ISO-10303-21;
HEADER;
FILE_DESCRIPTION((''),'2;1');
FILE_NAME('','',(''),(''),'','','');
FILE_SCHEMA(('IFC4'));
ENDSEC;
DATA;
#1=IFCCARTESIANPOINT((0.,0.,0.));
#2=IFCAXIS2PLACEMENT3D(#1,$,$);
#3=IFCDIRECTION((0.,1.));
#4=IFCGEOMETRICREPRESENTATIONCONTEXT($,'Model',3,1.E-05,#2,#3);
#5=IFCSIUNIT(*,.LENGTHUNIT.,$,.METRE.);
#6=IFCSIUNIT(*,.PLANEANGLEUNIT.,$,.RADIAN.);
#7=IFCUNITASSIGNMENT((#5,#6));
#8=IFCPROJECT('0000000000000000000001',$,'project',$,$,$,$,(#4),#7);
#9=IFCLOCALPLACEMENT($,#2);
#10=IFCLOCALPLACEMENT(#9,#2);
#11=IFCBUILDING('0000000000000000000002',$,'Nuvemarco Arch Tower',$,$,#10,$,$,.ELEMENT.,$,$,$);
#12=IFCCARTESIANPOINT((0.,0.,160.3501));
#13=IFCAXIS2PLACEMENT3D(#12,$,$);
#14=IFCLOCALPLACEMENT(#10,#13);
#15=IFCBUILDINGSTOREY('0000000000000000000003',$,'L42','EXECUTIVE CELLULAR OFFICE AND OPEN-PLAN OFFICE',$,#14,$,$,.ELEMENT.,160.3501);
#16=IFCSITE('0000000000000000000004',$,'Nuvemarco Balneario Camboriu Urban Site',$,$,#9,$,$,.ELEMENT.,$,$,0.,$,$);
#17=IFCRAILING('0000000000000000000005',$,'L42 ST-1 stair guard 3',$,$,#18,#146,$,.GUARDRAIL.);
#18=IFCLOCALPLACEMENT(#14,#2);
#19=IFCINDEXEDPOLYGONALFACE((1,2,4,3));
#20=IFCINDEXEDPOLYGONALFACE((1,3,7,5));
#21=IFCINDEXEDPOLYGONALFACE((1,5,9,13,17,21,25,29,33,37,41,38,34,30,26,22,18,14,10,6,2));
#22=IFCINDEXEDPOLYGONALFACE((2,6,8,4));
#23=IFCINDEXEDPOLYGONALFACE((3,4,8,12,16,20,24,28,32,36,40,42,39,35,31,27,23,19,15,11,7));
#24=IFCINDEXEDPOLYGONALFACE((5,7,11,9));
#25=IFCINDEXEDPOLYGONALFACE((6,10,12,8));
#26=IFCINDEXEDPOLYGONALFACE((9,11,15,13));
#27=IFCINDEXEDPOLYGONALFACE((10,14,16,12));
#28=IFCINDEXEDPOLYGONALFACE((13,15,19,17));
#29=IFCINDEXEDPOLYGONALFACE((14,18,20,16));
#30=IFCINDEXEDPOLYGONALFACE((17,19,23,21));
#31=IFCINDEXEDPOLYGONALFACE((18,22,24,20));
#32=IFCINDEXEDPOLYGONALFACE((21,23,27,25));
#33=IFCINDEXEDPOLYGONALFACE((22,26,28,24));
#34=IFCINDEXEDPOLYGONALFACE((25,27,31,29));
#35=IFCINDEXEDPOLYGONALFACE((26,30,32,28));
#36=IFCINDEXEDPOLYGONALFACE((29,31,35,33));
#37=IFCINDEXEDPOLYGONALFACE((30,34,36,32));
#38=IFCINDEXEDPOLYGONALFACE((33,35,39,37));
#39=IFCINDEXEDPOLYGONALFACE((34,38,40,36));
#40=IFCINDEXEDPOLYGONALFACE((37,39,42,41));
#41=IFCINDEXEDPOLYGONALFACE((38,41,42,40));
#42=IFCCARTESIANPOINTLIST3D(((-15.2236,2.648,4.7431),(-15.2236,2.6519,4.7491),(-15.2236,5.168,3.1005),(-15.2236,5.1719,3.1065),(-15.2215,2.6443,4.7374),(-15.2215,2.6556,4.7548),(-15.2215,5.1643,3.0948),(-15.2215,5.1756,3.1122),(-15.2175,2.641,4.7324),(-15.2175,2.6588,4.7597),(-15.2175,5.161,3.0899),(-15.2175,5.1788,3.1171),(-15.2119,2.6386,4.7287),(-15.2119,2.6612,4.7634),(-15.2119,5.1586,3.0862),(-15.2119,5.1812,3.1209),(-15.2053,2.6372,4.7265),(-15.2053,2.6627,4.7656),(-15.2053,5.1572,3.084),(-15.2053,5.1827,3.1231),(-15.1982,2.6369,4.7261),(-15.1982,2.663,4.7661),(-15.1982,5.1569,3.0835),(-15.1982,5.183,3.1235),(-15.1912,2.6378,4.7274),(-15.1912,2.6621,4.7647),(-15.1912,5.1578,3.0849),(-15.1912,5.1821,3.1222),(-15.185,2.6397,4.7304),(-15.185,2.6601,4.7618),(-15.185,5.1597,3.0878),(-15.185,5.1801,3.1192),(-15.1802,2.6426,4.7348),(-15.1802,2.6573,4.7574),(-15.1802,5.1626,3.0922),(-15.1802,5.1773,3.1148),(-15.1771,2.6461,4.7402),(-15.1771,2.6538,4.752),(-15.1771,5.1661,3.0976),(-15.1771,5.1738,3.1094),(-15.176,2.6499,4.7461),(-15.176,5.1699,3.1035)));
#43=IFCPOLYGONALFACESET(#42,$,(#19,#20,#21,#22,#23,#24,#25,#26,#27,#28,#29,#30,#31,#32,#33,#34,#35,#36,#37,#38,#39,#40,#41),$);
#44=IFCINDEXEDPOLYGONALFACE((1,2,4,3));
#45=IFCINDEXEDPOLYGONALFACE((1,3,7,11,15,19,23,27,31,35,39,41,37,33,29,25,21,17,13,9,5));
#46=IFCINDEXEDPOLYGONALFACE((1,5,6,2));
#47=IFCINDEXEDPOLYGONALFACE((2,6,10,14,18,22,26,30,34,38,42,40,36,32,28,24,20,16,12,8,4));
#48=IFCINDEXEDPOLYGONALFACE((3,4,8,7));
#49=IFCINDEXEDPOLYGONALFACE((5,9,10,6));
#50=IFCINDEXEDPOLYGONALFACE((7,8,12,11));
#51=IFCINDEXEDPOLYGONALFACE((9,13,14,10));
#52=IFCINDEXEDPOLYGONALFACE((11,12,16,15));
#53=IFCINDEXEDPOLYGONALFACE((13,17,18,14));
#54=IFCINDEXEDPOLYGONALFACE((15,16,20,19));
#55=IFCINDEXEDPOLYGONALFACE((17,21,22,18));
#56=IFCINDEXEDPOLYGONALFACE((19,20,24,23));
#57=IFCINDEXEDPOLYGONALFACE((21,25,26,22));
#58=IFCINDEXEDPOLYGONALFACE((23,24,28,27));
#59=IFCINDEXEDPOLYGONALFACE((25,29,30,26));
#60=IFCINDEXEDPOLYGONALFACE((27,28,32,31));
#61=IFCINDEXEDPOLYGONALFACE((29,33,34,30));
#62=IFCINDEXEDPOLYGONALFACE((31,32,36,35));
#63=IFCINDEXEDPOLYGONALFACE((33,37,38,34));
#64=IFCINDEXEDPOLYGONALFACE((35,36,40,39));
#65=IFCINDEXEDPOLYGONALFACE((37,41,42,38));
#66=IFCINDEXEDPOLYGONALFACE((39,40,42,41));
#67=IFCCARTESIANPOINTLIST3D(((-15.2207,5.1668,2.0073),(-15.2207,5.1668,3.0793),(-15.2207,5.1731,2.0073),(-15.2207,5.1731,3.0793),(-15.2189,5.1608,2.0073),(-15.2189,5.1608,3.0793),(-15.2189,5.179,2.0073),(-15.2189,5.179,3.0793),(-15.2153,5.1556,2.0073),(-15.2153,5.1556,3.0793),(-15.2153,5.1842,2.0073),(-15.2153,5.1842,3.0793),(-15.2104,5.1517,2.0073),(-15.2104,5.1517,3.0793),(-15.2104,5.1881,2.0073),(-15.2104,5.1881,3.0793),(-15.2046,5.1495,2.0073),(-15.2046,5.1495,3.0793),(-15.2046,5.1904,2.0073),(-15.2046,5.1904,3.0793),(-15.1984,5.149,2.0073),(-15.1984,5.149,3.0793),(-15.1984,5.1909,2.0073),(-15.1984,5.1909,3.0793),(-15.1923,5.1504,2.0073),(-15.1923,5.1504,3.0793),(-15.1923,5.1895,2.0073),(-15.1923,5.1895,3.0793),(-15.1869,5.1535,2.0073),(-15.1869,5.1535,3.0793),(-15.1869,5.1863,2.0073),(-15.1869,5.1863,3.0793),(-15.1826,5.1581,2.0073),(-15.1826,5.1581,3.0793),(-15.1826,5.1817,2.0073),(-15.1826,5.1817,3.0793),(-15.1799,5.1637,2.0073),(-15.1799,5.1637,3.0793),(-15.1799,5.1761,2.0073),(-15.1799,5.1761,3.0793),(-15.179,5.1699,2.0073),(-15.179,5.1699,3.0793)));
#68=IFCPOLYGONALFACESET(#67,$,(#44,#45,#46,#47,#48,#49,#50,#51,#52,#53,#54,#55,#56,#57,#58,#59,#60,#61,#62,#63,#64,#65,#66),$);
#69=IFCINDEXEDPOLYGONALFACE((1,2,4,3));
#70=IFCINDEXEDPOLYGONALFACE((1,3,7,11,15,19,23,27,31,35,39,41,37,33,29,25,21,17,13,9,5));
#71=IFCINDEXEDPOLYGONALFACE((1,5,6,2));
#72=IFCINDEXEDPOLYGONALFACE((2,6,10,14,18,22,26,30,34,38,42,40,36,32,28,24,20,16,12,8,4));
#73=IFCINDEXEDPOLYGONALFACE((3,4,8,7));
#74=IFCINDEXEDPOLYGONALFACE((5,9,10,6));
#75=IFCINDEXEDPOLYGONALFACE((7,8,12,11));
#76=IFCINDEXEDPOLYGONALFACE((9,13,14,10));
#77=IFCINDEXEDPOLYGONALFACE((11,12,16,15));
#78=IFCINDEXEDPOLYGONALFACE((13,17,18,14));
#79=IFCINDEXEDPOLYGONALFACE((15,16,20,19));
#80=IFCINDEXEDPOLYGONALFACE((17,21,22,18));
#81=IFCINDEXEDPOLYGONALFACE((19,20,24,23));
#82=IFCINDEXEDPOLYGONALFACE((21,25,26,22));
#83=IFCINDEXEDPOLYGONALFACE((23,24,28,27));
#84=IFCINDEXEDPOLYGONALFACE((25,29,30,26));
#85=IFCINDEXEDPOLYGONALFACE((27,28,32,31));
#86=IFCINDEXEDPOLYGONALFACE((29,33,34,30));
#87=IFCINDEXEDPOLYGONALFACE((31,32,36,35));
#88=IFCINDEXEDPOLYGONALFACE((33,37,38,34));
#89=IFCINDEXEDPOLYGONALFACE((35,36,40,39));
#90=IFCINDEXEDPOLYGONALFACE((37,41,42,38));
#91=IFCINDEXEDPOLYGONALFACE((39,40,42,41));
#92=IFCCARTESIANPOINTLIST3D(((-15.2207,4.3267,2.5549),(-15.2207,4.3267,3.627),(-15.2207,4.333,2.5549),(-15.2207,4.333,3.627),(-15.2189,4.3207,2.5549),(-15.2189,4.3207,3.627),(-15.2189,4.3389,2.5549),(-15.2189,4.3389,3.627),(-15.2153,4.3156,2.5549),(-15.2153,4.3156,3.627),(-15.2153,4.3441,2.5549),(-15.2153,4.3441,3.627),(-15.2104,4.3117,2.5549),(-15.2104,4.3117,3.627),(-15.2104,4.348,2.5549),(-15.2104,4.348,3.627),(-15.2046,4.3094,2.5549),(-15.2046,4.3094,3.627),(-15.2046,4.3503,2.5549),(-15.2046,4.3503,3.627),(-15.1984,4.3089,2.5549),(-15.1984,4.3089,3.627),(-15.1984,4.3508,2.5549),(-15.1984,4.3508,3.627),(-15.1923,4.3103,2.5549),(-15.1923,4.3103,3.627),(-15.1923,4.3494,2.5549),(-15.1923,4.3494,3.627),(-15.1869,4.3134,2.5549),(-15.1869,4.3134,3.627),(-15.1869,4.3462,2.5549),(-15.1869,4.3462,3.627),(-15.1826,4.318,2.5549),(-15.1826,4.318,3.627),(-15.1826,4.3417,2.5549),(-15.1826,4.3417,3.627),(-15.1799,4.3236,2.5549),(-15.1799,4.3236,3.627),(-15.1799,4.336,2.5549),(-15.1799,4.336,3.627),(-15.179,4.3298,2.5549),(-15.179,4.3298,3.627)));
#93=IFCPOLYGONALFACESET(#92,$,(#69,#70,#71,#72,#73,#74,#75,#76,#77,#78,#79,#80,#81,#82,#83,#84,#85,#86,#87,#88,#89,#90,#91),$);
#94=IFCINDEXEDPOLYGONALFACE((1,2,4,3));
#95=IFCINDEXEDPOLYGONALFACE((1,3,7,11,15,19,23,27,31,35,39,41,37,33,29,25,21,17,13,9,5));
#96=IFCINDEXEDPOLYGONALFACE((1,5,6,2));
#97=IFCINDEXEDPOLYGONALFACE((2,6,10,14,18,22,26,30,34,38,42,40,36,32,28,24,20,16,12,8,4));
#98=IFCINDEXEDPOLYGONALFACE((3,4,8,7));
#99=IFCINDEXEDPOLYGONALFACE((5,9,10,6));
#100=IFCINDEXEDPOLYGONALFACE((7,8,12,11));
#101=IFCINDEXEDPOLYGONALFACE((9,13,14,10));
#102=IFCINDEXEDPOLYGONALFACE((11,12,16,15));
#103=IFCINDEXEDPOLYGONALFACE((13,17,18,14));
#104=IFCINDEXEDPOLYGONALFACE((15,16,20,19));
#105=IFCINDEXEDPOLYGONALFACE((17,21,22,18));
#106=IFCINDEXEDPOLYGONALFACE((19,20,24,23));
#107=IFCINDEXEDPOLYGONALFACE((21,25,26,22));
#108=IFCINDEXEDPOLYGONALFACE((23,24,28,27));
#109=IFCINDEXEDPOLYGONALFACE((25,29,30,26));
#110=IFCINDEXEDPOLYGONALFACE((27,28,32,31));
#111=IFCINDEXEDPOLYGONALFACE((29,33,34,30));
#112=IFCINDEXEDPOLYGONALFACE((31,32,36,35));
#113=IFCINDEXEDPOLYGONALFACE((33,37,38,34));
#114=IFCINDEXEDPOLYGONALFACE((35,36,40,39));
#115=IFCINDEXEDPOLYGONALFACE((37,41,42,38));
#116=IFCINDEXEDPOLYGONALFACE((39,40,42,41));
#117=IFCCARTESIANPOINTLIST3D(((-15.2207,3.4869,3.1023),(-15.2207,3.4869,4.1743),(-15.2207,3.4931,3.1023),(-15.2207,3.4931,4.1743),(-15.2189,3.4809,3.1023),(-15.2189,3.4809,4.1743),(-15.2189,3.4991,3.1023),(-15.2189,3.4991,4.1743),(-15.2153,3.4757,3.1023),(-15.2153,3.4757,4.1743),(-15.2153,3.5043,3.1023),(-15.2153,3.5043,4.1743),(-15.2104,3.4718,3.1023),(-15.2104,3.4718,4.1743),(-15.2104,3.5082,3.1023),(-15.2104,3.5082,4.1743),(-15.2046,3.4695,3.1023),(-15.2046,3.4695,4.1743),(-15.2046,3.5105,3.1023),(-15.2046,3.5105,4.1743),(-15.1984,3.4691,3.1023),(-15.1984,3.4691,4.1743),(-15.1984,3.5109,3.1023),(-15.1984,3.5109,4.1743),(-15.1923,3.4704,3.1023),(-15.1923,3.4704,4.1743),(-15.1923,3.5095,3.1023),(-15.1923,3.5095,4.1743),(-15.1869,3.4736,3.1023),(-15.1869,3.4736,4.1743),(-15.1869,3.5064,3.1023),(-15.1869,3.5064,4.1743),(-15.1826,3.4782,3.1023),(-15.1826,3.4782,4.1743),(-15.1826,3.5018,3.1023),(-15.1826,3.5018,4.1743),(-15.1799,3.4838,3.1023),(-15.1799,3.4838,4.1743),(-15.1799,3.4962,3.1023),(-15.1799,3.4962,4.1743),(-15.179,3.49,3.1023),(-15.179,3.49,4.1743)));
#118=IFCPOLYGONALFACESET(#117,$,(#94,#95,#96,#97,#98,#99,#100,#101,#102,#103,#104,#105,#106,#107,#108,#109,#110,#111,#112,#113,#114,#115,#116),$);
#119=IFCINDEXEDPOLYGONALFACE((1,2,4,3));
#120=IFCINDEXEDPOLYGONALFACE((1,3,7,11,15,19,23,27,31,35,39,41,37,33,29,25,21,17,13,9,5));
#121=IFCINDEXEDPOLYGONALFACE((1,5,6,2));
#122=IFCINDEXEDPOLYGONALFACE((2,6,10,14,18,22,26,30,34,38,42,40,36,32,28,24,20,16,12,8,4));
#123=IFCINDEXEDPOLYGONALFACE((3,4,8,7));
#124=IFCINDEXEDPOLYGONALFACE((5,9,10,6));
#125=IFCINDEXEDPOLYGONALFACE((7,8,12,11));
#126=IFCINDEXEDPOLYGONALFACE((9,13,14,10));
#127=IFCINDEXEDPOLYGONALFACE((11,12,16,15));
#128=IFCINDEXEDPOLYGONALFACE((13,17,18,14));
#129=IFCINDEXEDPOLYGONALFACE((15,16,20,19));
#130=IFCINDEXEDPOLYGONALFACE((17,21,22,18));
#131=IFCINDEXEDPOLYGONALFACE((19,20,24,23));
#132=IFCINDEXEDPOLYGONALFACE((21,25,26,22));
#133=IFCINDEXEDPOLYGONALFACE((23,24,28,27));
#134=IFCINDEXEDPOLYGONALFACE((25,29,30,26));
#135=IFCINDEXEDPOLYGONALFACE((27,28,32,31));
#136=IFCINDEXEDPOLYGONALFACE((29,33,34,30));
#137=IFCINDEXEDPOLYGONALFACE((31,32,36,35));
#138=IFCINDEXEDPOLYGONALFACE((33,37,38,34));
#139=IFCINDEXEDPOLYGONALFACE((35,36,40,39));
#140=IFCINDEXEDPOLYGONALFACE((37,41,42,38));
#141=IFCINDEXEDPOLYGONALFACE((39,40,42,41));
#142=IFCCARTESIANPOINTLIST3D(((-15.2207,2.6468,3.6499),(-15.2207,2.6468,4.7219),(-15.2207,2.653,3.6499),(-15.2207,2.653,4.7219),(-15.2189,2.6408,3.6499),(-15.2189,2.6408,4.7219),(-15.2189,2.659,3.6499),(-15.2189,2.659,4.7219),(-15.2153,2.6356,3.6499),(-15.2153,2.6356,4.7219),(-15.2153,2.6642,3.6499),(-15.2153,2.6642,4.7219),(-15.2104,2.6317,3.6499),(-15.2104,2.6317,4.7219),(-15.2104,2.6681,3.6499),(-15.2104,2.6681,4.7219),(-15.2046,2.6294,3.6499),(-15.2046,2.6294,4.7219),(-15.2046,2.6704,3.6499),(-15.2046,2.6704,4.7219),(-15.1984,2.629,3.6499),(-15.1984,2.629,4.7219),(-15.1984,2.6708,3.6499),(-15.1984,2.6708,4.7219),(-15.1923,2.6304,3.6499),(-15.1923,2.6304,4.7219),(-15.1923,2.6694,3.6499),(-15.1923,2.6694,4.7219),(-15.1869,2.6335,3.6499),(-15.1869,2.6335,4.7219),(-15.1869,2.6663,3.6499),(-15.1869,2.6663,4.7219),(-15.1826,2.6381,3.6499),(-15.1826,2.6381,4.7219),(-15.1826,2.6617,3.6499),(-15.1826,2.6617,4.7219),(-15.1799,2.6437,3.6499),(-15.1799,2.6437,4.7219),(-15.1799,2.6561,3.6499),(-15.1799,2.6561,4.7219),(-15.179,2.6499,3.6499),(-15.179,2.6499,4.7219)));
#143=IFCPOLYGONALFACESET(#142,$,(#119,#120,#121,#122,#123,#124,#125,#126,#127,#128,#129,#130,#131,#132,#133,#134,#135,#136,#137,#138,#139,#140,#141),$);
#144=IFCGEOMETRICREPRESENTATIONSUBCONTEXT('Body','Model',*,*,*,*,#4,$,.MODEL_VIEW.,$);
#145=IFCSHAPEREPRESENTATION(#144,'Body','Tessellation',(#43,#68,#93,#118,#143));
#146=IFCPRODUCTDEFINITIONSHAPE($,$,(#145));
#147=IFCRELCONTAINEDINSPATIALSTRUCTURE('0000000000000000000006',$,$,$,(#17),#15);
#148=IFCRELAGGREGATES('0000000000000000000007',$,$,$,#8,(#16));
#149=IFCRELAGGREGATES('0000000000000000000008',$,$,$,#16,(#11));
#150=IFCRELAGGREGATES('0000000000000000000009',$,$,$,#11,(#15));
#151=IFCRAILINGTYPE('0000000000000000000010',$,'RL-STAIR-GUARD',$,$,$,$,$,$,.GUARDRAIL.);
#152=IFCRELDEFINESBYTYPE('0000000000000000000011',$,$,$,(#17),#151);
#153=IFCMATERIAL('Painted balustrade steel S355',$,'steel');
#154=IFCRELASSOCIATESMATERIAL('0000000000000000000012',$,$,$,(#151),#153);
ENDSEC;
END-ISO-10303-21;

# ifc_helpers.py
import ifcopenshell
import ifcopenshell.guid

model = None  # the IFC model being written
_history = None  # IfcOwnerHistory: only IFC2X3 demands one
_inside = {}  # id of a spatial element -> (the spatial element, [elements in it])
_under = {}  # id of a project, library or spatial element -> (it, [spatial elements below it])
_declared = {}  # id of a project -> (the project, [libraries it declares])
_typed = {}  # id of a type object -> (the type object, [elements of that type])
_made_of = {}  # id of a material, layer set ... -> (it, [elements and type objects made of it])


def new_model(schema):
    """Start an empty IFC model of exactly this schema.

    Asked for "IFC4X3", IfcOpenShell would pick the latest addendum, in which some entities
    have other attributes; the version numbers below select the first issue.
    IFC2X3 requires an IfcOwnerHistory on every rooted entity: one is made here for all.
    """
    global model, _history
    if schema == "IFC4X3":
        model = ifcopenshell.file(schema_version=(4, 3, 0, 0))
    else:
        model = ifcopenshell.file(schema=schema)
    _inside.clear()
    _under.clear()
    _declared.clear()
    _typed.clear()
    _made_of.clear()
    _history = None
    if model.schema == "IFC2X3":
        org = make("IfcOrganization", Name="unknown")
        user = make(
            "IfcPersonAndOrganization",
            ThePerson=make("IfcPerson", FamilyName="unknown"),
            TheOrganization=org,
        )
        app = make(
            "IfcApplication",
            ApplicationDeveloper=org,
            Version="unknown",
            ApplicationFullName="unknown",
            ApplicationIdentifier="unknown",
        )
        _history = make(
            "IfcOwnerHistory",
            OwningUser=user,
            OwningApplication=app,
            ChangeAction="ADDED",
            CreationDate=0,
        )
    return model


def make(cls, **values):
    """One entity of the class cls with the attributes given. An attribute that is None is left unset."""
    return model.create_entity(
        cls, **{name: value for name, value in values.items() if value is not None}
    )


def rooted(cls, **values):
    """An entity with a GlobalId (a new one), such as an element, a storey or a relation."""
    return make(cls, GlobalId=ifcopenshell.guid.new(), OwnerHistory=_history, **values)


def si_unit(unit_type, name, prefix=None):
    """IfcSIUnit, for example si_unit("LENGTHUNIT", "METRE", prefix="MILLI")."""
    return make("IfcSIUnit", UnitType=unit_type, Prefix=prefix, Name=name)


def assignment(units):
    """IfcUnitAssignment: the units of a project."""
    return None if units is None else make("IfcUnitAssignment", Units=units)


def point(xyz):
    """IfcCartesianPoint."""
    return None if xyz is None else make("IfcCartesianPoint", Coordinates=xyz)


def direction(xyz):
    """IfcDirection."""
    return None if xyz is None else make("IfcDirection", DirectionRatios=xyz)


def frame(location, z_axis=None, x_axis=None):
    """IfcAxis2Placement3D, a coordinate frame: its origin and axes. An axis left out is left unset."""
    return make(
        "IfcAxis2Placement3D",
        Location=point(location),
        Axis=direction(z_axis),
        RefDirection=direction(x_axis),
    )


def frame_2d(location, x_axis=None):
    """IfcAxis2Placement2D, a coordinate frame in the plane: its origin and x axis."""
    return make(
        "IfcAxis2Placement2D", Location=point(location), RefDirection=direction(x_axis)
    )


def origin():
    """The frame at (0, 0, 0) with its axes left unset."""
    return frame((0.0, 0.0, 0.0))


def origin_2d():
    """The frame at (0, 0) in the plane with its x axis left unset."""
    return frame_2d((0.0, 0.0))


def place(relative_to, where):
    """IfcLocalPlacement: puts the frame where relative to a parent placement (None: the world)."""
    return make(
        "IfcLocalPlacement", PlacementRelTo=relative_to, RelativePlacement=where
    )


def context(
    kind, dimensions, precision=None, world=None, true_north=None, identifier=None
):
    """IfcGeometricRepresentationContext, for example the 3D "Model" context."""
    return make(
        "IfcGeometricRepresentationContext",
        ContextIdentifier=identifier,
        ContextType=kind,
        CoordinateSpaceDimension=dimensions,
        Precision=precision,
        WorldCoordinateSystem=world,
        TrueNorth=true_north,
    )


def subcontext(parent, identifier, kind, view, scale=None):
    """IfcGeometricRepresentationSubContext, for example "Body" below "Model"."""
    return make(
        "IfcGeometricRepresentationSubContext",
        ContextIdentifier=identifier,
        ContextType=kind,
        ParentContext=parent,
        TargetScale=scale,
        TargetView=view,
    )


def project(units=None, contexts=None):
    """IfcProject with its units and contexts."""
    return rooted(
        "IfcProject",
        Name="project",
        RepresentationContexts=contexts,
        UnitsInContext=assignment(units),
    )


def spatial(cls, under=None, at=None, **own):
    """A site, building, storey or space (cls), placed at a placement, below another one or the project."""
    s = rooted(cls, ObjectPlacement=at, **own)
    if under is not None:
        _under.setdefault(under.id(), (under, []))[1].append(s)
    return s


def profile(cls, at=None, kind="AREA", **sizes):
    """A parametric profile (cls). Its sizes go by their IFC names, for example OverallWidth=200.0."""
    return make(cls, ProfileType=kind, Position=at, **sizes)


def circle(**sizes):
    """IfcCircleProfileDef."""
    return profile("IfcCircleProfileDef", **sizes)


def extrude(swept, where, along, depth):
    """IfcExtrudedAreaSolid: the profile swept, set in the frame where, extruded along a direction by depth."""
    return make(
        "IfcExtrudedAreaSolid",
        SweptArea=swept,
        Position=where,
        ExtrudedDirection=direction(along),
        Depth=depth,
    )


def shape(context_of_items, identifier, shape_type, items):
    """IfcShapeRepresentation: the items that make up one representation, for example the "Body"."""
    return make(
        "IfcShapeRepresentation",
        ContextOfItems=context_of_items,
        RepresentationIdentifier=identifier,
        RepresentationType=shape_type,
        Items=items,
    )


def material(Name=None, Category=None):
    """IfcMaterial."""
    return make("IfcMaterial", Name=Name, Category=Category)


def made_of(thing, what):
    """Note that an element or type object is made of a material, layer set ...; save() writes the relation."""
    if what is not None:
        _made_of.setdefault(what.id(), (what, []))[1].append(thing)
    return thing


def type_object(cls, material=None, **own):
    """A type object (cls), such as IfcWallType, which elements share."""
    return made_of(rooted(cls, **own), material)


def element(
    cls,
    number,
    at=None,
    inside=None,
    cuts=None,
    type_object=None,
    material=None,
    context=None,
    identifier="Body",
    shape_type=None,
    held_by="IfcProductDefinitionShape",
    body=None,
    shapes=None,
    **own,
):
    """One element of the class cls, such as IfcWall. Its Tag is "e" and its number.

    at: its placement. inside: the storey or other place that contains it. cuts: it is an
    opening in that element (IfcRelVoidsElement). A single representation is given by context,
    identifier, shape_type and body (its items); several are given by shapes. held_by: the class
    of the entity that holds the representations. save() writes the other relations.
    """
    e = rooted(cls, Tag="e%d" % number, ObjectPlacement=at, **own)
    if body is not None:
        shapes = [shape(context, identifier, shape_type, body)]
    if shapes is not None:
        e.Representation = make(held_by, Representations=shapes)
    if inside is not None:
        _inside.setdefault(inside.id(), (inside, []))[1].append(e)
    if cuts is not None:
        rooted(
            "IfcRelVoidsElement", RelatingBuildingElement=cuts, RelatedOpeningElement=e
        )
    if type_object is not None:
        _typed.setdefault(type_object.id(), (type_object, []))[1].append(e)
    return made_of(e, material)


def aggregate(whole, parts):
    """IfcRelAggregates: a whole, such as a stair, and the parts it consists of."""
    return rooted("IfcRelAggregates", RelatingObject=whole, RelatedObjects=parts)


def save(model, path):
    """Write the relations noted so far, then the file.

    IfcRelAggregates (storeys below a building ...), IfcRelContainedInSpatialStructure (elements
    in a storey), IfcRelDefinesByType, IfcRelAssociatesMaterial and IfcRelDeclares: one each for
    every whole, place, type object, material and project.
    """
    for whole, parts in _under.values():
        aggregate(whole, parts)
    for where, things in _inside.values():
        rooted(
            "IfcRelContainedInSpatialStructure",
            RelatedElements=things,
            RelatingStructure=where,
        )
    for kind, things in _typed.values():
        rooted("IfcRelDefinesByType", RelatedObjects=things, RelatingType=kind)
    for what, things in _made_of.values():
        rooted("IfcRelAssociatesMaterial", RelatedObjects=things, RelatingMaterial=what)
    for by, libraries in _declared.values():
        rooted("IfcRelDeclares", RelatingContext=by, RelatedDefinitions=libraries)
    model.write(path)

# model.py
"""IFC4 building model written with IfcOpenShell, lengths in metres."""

from ifc_helpers import new_model, si_unit, direction, frame, origin, origin_2d, place, context, subcontext, project, spatial, circle, extrude, material, type_object, element, save


model = new_model("IFC4")

# Units and contexts
model_context = context("Model", 3, precision=1e-05, world=origin(), true_north=direction((0.0, 1.0)))
body_context = subcontext(model_context, "Body", "Model", "MODEL_VIEW")
ifc_project = project(units=[si_unit("LENGTHUNIT", "METRE"), si_unit("PLANEANGLEUNIT", "RADIAN")], contexts=[model_context])

# Site, building, storey
site_placement = place(None, origin())
site = spatial("IfcSite", under=ifc_project, at=site_placement, Name="Nuvemarco Balneario Camboriu Urban Site", CompositionType="ELEMENT", RefElevation=0.0)
building_placement = place(site_placement, origin())
building = spatial("IfcBuilding", under=site, at=building_placement, Name="Nuvemarco Arch Tower", CompositionType="ELEMENT")
storey_placement = place(building_placement, frame((0.0, 0.0, 160.3501)))
storey = spatial("IfcBuildingStorey", under=building, at=storey_placement, Name="L42", Description="EXECUTIVE CELLULAR OFFICE AND OPEN-PLAN OFFICE", CompositionType="ELEMENT", Elevation=160.3501)

# Railing
ifc_material_1 = material(Name="Painted balustrade steel S355", Category="steel")
railing_type_1 = type_object("IfcRailingType", Name="RL-STAIR-GUARD", PredefinedType="GUARDRAIL", material=ifc_material_1)
railing_1_placement = place(storey_placement, frame((-15.2, 5.1699, 2.0073)))
element("IfcRailing", 1, at=railing_1_placement, inside=storey, type_object=railing_type_1, Name="L42 ST-1 stair guard 3", PredefinedType="GUARDRAIL", context=body_context, shape_type="SweptSolid", body=[
    extrude(circle(Radius=0.0239, at=origin_2d()), frame((0.0, 0.0, 1.0962), z_axis=(0.0, -0.837749, 0.546055), x_axis=(1.0, 0.0, 0.0)), (0.0, 0.0, 1.0), 3.0081),
    extrude(circle(Radius=0.021, at=origin_2d()), origin(), (0.0, 0.0, 1.0), 1.072),
    extrude(circle(Radius=0.021, at=origin_2d()), frame((0.0, -0.8401, 0.5476)), (0.0, 0.0, 1.0), 1.072),
    extrude(circle(Radius=0.021, at=origin_2d()), frame((0.0, -1.6799, 1.095)), (0.0, 0.0, 1.0), 1.072),
    extrude(circle(Radius=0.021, at=origin_2d()), frame((0.0, -2.52, 1.6426)), (0.0, 0.0, 1.0), 1.072),
])

save(model, "model.ifc")
